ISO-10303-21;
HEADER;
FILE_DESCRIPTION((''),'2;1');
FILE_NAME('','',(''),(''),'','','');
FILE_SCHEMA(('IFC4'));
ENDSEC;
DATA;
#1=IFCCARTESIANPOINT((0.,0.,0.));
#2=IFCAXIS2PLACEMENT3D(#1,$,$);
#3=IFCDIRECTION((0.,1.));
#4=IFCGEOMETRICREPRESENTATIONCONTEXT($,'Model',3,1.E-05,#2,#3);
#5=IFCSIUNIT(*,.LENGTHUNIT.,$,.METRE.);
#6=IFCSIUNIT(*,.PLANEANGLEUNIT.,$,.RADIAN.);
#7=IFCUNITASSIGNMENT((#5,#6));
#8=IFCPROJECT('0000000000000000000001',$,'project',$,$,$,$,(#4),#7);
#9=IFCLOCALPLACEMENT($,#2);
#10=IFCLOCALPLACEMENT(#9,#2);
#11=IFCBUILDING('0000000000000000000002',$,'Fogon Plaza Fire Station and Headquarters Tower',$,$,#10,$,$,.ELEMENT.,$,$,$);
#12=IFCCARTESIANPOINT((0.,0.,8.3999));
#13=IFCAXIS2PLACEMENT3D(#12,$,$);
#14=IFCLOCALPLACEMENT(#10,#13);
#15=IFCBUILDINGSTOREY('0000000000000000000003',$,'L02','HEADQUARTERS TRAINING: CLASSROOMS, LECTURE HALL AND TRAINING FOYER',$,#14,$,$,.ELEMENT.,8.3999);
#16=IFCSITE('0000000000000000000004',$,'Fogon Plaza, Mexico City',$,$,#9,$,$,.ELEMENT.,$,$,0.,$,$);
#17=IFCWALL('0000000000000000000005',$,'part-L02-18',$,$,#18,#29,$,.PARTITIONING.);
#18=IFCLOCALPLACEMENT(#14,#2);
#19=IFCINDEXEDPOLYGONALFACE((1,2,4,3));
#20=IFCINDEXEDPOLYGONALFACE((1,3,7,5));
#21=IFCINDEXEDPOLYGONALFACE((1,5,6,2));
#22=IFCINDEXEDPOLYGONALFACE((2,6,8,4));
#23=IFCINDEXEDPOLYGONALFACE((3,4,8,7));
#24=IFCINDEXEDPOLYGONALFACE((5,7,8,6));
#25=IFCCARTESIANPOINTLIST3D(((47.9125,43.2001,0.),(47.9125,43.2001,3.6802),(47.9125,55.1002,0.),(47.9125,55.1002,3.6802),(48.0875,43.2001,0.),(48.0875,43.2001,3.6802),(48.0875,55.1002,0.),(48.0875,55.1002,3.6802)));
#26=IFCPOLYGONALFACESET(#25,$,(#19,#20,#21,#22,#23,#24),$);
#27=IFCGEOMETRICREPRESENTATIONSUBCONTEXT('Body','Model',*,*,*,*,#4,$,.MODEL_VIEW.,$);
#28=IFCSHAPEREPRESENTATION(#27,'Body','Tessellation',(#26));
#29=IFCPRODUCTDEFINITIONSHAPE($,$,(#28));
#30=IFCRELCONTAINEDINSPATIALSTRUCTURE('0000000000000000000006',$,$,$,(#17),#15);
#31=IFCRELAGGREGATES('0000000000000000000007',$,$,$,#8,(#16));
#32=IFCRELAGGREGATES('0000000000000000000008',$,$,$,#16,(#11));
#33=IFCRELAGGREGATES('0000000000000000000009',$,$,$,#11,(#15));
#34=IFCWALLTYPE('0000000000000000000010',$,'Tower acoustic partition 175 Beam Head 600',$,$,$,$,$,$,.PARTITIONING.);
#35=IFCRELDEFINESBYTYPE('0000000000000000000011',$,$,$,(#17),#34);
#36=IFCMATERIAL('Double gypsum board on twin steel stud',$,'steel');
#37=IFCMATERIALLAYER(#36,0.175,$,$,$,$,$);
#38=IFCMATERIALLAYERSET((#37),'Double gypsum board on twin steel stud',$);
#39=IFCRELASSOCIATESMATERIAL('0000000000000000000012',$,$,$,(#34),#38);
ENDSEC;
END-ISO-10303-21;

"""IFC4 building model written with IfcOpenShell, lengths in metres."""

from ifc_helpers import new_model, si_unit, direction, frame, frame_2d, origin, place, context, subcontext, project, spatial, rectangle, extrude, material, layer, layer_set, type_object, element, save


model = new_model("IFC4")

# Units and contexts
model_context = context("Model", 3, precision=1e-05, world=origin(), true_north=direction((0.0, 1.0)))
body_context = subcontext(model_context, "Body", "Model", "MODEL_VIEW")
ifc_project = project(units=[si_unit("LENGTHUNIT", "METRE"), si_unit("PLANEANGLEUNIT", "RADIAN")], contexts=[model_context])

# Site, building, storey
site_placement = place(None, origin())
site = spatial("IfcSite", under=ifc_project, at=site_placement, Name="Fogon Plaza, Mexico City", CompositionType="ELEMENT", RefElevation=0.0)
building_placement = place(site_placement, origin())
building = spatial("IfcBuilding", under=site, at=building_placement, Name="Fogon Plaza Fire Station and Headquarters Tower", CompositionType="ELEMENT")
storey_placement = place(building_placement, frame((0.0, 0.0, 8.3999)))
storey = spatial("IfcBuildingStorey", under=building, at=storey_placement, Name="L02", Description="HEADQUARTERS TRAINING: CLASSROOMS, LECTURE HALL AND TRAINING FOYER", CompositionType="ELEMENT", Elevation=8.3999)

# Wall
ifc_material_1 = material(Name="Double gypsum board on twin steel stud", Category="steel")
ifc_layer_1 = layer(ifc_material_1, 0.175)
ifc_layer_set_1 = layer_set([ifc_layer_1], Name="Double gypsum board on twin steel stud")
wall_type = type_object("IfcWallType", Name="Tower acoustic partition 175 Beam Head 600", PredefinedType="PARTITIONING", material=ifc_layer_set_1)
wall_placement = place(storey_placement, frame((48.0, 43.2, 0.0), z_axis=(0.0, 0.0, 1.0), x_axis=(0.0, 1.0, 0.0)))
element("IfcWall", 1, at=wall_placement, inside=storey, type_object=wall_type, Name="part-L02-18", PredefinedType="PARTITIONING", context=body_context, shape_type="SweptSolid", body=[
    extrude(rectangle(XDim=11.9001, YDim=0.175, at=frame_2d((5.9502, 0.0))), origin(), (0.0, 0.0, 1.0), 3.6802),
])

save(model, "model.ifc")
